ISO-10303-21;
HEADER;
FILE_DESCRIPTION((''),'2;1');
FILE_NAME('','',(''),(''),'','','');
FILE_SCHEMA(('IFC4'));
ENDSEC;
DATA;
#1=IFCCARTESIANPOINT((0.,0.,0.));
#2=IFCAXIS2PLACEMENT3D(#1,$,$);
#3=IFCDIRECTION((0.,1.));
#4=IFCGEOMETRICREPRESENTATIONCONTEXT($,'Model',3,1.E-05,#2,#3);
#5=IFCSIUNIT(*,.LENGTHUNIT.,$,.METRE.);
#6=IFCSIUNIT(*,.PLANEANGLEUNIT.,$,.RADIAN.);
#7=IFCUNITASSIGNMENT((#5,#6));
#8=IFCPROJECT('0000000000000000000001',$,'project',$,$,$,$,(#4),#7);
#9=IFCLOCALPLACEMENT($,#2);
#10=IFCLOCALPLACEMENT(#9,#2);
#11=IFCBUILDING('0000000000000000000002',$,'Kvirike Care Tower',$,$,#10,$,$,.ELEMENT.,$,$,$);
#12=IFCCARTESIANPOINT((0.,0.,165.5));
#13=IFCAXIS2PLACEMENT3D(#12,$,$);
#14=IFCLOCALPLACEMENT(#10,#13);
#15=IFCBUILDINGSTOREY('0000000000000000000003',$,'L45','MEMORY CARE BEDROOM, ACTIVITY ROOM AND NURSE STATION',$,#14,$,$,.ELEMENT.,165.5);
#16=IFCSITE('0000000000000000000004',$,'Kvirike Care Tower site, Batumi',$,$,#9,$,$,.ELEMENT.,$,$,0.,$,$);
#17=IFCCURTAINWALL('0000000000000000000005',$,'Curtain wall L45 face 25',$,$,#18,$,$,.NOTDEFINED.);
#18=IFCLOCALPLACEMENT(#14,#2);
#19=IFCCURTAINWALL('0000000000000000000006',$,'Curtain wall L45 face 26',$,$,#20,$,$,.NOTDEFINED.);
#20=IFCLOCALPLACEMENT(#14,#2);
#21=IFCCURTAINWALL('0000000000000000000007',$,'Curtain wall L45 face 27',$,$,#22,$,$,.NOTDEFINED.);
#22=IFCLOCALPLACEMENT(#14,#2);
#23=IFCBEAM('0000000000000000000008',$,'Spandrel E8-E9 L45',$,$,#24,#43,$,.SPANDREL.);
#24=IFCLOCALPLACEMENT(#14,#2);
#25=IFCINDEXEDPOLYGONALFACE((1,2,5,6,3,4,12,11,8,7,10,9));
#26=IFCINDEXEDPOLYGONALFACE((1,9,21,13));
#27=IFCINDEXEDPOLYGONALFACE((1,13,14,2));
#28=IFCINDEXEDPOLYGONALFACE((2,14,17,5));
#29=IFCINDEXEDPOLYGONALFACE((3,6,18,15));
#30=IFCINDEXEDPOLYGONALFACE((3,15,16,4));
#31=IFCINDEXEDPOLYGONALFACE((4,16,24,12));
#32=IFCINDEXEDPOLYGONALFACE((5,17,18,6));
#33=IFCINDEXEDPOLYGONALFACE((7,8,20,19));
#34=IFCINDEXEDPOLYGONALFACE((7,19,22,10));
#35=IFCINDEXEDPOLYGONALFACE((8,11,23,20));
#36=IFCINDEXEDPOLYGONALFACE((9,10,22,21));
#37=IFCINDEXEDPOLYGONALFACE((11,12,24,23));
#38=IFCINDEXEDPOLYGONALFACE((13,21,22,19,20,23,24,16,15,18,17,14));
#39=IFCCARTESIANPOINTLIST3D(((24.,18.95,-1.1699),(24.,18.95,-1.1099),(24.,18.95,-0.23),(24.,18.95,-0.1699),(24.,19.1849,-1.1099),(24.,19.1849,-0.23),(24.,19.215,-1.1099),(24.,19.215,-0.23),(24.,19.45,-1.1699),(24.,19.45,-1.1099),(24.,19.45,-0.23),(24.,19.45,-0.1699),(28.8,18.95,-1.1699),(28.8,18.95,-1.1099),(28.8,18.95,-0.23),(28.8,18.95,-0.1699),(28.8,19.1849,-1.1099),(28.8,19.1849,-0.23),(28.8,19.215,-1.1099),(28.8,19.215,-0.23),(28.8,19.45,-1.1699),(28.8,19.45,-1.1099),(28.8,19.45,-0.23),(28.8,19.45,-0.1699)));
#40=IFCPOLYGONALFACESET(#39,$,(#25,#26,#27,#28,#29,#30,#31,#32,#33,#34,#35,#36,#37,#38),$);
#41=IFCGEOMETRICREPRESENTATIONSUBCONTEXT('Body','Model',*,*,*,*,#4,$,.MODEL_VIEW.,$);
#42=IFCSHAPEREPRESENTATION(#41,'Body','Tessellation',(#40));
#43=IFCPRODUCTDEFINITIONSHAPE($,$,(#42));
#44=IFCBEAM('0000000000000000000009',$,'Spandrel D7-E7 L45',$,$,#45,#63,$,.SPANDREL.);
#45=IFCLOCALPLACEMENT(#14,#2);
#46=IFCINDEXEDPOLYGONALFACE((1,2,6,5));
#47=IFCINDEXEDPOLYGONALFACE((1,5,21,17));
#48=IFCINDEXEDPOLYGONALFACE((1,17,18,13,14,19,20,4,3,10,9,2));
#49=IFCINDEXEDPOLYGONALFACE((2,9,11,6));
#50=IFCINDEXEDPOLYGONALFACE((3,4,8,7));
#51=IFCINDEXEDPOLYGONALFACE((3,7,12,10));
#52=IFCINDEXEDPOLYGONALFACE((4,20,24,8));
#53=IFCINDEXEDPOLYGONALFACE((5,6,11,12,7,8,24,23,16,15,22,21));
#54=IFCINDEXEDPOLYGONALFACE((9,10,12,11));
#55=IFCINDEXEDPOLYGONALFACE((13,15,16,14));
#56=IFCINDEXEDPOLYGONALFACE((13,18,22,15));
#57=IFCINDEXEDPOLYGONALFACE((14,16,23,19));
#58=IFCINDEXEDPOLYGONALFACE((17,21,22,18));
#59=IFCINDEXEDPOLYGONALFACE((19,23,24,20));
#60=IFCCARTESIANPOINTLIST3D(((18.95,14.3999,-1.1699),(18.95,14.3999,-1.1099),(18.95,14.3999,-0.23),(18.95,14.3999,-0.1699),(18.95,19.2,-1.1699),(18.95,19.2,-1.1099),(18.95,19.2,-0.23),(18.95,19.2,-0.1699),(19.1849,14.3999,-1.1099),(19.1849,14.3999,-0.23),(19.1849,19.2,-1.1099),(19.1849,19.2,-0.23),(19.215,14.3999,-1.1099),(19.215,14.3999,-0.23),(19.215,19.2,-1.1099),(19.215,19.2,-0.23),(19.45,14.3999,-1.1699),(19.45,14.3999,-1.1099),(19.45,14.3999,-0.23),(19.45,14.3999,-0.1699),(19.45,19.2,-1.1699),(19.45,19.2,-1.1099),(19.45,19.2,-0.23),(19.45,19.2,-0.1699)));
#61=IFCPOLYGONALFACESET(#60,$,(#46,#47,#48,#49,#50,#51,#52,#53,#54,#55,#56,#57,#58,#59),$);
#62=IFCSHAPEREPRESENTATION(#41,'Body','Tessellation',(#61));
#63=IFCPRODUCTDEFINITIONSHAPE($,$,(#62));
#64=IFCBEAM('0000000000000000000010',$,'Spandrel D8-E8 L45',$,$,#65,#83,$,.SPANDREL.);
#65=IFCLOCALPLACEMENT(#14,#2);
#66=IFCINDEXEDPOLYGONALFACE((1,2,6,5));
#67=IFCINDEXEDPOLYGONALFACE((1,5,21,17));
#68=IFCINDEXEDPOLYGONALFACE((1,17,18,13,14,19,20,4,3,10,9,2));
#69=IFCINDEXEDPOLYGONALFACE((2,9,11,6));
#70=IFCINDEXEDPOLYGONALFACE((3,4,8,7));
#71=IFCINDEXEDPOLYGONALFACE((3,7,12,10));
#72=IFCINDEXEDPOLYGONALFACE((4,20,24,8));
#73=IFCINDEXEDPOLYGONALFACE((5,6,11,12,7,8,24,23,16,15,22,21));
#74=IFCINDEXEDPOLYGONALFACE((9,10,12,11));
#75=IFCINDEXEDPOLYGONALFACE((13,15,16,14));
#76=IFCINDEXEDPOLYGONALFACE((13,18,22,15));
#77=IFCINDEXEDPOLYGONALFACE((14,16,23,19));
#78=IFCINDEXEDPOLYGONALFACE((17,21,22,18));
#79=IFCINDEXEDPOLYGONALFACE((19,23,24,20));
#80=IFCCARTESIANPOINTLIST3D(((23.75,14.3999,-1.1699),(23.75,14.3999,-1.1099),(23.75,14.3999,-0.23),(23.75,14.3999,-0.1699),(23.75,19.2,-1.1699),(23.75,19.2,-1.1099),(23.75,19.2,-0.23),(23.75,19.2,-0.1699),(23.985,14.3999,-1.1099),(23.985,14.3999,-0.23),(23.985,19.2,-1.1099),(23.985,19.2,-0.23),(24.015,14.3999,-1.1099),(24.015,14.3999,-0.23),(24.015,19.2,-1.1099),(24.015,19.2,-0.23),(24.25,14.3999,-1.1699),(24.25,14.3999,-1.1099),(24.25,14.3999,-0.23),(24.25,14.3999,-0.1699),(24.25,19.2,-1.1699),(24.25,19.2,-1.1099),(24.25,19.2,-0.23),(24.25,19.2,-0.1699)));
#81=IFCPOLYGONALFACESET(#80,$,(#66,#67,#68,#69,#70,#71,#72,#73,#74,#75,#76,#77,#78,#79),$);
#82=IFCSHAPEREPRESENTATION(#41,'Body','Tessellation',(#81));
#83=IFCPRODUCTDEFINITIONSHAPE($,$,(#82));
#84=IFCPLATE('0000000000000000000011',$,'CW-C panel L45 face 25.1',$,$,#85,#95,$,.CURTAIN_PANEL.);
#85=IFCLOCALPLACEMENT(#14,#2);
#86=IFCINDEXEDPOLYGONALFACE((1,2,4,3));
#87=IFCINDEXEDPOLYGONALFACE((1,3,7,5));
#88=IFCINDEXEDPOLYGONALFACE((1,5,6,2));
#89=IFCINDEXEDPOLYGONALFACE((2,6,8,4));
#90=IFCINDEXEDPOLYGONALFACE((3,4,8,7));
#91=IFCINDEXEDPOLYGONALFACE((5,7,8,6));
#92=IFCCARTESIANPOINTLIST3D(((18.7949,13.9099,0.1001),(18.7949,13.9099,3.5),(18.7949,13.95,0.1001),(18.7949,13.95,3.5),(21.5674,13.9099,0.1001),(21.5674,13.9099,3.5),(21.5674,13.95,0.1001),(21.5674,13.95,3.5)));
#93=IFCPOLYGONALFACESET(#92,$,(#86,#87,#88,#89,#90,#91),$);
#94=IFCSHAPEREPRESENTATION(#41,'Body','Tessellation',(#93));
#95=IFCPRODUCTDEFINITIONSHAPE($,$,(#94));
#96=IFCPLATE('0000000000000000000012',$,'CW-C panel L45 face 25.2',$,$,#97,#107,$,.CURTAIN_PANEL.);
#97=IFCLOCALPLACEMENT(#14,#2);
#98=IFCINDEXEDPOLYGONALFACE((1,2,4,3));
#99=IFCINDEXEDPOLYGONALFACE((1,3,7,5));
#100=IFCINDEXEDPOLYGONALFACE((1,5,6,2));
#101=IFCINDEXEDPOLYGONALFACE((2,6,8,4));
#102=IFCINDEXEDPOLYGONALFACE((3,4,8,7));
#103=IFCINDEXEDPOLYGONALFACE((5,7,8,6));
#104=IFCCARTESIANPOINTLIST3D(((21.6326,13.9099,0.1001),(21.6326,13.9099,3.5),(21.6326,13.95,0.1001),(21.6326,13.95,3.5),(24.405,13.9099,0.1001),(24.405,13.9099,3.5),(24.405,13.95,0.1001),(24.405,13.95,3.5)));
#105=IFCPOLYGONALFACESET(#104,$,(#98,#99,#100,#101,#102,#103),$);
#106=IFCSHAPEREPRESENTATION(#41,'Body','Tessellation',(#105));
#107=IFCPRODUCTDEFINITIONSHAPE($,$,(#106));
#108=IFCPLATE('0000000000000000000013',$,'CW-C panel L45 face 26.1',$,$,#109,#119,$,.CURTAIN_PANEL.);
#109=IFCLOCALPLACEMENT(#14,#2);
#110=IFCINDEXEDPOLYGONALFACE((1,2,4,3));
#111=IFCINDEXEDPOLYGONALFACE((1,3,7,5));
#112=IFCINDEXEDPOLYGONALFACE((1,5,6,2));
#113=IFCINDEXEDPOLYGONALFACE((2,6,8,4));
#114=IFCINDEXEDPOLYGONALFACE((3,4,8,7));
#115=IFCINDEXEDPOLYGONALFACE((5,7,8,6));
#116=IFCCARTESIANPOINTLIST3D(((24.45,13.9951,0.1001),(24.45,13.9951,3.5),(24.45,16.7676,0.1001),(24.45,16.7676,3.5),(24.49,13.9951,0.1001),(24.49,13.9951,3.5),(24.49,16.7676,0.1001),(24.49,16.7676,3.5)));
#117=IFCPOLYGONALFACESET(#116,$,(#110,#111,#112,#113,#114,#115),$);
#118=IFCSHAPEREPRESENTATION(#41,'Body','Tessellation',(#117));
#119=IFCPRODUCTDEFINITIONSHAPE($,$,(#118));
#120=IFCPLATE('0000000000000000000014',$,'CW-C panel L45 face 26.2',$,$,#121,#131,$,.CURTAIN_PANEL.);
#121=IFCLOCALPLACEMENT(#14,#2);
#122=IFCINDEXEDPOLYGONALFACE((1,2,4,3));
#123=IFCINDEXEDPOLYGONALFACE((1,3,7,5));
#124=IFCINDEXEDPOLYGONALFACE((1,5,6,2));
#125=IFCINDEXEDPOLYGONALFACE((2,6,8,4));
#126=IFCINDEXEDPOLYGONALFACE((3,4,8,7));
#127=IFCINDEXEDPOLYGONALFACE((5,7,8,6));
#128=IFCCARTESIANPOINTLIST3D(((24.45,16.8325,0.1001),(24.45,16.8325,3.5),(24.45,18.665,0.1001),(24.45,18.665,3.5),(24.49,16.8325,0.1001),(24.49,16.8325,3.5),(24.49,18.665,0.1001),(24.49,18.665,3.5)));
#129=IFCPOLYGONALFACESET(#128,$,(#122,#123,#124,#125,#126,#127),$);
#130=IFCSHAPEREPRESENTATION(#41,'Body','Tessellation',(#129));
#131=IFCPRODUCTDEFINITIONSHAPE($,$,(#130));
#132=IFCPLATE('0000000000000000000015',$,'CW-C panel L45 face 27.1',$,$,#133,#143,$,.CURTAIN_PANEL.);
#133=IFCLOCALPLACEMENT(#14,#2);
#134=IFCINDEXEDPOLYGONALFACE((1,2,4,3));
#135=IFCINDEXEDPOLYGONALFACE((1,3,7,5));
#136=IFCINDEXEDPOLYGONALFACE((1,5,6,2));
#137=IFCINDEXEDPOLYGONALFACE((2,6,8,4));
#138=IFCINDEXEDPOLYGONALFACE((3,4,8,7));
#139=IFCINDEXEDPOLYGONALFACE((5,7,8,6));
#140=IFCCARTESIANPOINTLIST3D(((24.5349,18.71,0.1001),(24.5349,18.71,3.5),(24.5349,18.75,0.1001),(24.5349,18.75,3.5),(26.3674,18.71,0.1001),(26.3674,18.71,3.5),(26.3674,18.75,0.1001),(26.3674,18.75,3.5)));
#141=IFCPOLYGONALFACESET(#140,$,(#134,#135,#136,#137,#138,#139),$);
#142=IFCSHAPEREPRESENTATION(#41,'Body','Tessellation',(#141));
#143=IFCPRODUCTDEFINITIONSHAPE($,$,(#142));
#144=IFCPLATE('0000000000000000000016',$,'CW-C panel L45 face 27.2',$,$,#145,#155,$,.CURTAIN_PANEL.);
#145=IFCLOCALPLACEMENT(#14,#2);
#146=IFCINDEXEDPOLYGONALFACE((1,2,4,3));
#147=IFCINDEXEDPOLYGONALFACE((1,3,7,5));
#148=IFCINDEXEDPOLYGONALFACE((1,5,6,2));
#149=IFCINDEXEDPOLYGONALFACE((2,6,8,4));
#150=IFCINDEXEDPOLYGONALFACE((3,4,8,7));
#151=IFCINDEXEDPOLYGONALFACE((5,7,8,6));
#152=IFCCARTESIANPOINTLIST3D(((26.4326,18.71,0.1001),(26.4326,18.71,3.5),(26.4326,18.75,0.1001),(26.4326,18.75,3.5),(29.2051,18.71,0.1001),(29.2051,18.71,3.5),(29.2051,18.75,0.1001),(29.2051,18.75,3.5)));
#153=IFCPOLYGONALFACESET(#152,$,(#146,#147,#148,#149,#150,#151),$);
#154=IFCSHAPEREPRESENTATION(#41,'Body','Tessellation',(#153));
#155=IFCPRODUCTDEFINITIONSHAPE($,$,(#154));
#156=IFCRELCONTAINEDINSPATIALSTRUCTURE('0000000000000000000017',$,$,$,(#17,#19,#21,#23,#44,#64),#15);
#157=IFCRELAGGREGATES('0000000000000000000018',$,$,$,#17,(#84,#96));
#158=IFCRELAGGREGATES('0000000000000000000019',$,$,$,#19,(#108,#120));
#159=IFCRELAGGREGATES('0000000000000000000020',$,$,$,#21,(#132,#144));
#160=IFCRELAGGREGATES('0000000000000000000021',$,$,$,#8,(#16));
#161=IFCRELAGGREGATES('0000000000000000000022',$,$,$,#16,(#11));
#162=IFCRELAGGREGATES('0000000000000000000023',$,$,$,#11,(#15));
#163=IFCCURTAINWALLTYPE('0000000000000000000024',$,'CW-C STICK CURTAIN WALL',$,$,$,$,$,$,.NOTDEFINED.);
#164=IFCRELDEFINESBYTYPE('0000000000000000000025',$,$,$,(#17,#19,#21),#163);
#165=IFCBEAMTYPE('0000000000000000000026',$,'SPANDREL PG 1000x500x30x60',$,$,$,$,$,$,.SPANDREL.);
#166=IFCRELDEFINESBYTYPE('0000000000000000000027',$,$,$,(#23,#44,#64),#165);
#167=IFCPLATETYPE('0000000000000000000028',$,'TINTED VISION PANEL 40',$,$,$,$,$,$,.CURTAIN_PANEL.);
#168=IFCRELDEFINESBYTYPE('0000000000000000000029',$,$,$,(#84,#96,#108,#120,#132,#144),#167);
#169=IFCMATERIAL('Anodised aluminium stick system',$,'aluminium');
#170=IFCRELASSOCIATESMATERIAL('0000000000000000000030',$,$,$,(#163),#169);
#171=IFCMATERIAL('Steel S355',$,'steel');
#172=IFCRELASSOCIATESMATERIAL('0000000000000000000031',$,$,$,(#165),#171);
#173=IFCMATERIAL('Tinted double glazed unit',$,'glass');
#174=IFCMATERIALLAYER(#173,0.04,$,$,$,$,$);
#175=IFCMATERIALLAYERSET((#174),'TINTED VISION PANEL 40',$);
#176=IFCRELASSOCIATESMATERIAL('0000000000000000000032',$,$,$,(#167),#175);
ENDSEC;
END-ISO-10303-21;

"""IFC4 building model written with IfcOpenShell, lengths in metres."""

from ifc_helpers import new_model, si_unit, direction, frame, origin, origin_2d, place, context, subcontext, project, spatial, rectangle, i_section, extrude, material, layer, layer_set, material_profile, profile_set, type_object, element, aggregate, save


model = new_model("IFC4")

# Units and contexts
model_context = context("Model", 3, precision=1e-05, world=origin(), true_north=direction((0.0, 1.0)))
body_context = subcontext(model_context, "Body", "Model", "MODEL_VIEW")
ifc_project = project(units=[si_unit("LENGTHUNIT", "METRE"), si_unit("PLANEANGLEUNIT", "RADIAN")], contexts=[model_context])

# Site, building, storey
site_placement = place(None, origin())
site = spatial("IfcSite", under=ifc_project, at=site_placement, Name="Kvirike Care Tower site, Batumi", CompositionType="ELEMENT", RefElevation=0.0)
building_placement = place(site_placement, origin())
building = spatial("IfcBuilding", under=site, at=building_placement, Name="Kvirike Care Tower", CompositionType="ELEMENT")
storey_placement = place(building_placement, frame((0.0, 0.0, 165.5)))
storey = spatial("IfcBuildingStorey", under=building, at=storey_placement, Name="L45", Description="MEMORY CARE BEDROOM, ACTIVITY ROOM AND NURSE STATION", CompositionType="ELEMENT", Elevation=165.5)

# Curtain walls
ifc_material_1 = material(Name="Anodised aluminium stick system", Category="aluminium")
curtain_wall_type = type_object("IfcCurtainWallType", Name="CW-C STICK CURTAIN WALL", PredefinedType="NOTDEFINED", material=ifc_material_1)
curtain_wall_1_placement = place(storey_placement, origin())
curtain_wall_1 = element("IfcCurtainWall", 1, at=curtain_wall_1_placement, inside=storey, type_object=curtain_wall_type, Name="Curtain wall L45 face 25", PredefinedType="NOTDEFINED")
curtain_wall_2_placement = place(storey_placement, origin())
curtain_wall_2 = element("IfcCurtainWall", 2, at=curtain_wall_2_placement, inside=storey, type_object=curtain_wall_type, Name="Curtain wall L45 face 26", PredefinedType="NOTDEFINED")
curtain_wall_3_placement = place(storey_placement, origin())
curtain_wall_3 = element("IfcCurtainWall", 3, at=curtain_wall_3_placement, inside=storey, type_object=curtain_wall_type, Name="Curtain wall L45 face 27", PredefinedType="NOTDEFINED")

# Beams
ifc_material_2 = material(Name="Steel S355", Category="steel")
ifc_material_profile_1 = material_profile(ifc_material_2, i_section(OverallWidth=0.5, OverallDepth=1.0, WebThickness=0.03, FlangeThickness=0.0601, at=origin_2d()), Name="PG 1000x500x30x60")
ifc_profile_set_1 = profile_set([ifc_material_profile_1], Name="Steel S355")
beam_type_1 = type_object("IfcBeamType", Name="SPANDREL PG 1000x500x30x60", PredefinedType="SPANDREL", material=ifc_profile_set_1)
for number, where, z_axis, x_axis, name in (
    (4, (24.0, 19.2, -0.6699), (1.0, 0.0, 0.0), (0.0, 1.0, 0.0), "Spandrel E8-E9 L45"),
    (5, (19.2, 14.3999, -0.6699), (0.0, 1.0, 0.0), (-1.0, 0.0, 0.0), "Spandrel D7-E7 L45"),
    (6, (24.0, 14.3999, -0.6699), (0.0, 1.0, 0.0), (-1.0, 0.0, 0.0), "Spandrel D8-E8 L45"),
):
    element("IfcBeam", number, at=place(storey_placement, frame(where, z_axis=z_axis, x_axis=x_axis)), inside=storey, type_object=beam_type_1, Name=name, PredefinedType="SPANDREL", context=body_context, shape_type="SweptSolid", body=[
        extrude(i_section(OverallWidth=0.5, OverallDepth=1.0, WebThickness=0.03, FlangeThickness=0.0601, at=origin_2d()), origin(), (0.0, 0.0, 1.0), 4.8),
    ])

# Plates
ifc_material_3 = material(Name="Tinted double glazed unit", Category="glass")
ifc_layer = layer(ifc_material_3, 0.04)
ifc_layer_set = layer_set([ifc_layer], Name="TINTED VISION PANEL 40")
plate_type = type_object("IfcPlateType", Name="TINTED VISION PANEL 40", PredefinedType="CURTAIN_PANEL", material=ifc_layer_set)
plate_1_placement = place(storey_placement, frame((20.1812, 13.9299, 0.1001), z_axis=(0.0, 0.0, 1.0), x_axis=(1.0, 0.0, 0.0)))
plate_1 = element("IfcPlate", 7, at=plate_1_placement, type_object=plate_type, Name="CW-C panel L45 face 25.1", PredefinedType="CURTAIN_PANEL", context=body_context, shape_type="SweptSolid", body=[
    extrude(rectangle(XDim=2.7725, YDim=0.04, at=origin_2d()), origin(), (0.0, 0.0, 1.0), 3.3999),
])
plate_2_placement = place(storey_placement, frame((23.0188, 13.9299, 0.1001), z_axis=(0.0, 0.0, 1.0), x_axis=(1.0, 0.0, 0.0)))
plate_2 = element("IfcPlate", 8, at=plate_2_placement, type_object=plate_type, Name="CW-C panel L45 face 25.2", PredefinedType="CURTAIN_PANEL", context=body_context, shape_type="SweptSolid", body=[
    extrude(rectangle(XDim=2.7725, YDim=0.04, at=origin_2d()), origin(), (0.0, 0.0, 1.0), 3.3999),
])
aggregate(curtain_wall_1, [plate_1, plate_2])
plate_3_placement = place(storey_placement, frame((24.47, 15.3813, 0.1001), z_axis=(0.0, 0.0, 1.0), x_axis=(0.0, 1.0, 0.0)))
plate_3 = element("IfcPlate", 9, at=plate_3_placement, type_object=plate_type, Name="CW-C panel L45 face 26.1", PredefinedType="CURTAIN_PANEL", context=body_context, shape_type="SweptSolid", body=[
    extrude(rectangle(XDim=2.7725, YDim=0.04, at=origin_2d()), origin(), (0.0, 0.0, 1.0), 3.3999),
])
plate_4_placement = place(storey_placement, frame((24.47, 17.7488, 0.1001), z_axis=(0.0, 0.0, 1.0), x_axis=(0.0, 1.0, 0.0)))
plate_4 = element("IfcPlate", 10, at=plate_4_placement, type_object=plate_type, Name="CW-C panel L45 face 26.2", PredefinedType="CURTAIN_PANEL", context=body_context, shape_type="SweptSolid", body=[
    extrude(rectangle(XDim=1.8325, YDim=0.04, at=origin_2d()), origin(), (0.0, 0.0, 1.0), 3.3999),
])
aggregate(curtain_wall_2, [plate_3, plate_4])
plate_5_placement = place(storey_placement, frame((25.4512, 18.73, 0.1001), z_axis=(0.0, 0.0, 1.0), x_axis=(1.0, 0.0, 0.0)))
plate_5 = element("IfcPlate", 11, at=plate_5_placement, type_object=plate_type, Name="CW-C panel L45 face 27.1", PredefinedType="CURTAIN_PANEL", context=body_context, shape_type="SweptSolid", body=[
    extrude(rectangle(XDim=1.8325, YDim=0.04, at=origin_2d()), origin(), (0.0, 0.0, 1.0), 3.3999),
])
plate_6_placement = place(storey_placement, frame((27.8188, 18.73, 0.1001), z_axis=(0.0, 0.0, 1.0), x_axis=(1.0, 0.0, 0.0)))
plate_6 = element("IfcPlate", 12, at=plate_6_placement, type_object=plate_type, Name="CW-C panel L45 face 27.2", PredefinedType="CURTAIN_PANEL", context=body_context, shape_type="SweptSolid", body=[
    extrude(rectangle(XDim=2.7725, YDim=0.04, at=origin_2d()), origin(), (0.0, 0.0, 1.0), 3.3999),
])
aggregate(curtain_wall_3, [plate_5, plate_6])

save(model, "model.ifc")
